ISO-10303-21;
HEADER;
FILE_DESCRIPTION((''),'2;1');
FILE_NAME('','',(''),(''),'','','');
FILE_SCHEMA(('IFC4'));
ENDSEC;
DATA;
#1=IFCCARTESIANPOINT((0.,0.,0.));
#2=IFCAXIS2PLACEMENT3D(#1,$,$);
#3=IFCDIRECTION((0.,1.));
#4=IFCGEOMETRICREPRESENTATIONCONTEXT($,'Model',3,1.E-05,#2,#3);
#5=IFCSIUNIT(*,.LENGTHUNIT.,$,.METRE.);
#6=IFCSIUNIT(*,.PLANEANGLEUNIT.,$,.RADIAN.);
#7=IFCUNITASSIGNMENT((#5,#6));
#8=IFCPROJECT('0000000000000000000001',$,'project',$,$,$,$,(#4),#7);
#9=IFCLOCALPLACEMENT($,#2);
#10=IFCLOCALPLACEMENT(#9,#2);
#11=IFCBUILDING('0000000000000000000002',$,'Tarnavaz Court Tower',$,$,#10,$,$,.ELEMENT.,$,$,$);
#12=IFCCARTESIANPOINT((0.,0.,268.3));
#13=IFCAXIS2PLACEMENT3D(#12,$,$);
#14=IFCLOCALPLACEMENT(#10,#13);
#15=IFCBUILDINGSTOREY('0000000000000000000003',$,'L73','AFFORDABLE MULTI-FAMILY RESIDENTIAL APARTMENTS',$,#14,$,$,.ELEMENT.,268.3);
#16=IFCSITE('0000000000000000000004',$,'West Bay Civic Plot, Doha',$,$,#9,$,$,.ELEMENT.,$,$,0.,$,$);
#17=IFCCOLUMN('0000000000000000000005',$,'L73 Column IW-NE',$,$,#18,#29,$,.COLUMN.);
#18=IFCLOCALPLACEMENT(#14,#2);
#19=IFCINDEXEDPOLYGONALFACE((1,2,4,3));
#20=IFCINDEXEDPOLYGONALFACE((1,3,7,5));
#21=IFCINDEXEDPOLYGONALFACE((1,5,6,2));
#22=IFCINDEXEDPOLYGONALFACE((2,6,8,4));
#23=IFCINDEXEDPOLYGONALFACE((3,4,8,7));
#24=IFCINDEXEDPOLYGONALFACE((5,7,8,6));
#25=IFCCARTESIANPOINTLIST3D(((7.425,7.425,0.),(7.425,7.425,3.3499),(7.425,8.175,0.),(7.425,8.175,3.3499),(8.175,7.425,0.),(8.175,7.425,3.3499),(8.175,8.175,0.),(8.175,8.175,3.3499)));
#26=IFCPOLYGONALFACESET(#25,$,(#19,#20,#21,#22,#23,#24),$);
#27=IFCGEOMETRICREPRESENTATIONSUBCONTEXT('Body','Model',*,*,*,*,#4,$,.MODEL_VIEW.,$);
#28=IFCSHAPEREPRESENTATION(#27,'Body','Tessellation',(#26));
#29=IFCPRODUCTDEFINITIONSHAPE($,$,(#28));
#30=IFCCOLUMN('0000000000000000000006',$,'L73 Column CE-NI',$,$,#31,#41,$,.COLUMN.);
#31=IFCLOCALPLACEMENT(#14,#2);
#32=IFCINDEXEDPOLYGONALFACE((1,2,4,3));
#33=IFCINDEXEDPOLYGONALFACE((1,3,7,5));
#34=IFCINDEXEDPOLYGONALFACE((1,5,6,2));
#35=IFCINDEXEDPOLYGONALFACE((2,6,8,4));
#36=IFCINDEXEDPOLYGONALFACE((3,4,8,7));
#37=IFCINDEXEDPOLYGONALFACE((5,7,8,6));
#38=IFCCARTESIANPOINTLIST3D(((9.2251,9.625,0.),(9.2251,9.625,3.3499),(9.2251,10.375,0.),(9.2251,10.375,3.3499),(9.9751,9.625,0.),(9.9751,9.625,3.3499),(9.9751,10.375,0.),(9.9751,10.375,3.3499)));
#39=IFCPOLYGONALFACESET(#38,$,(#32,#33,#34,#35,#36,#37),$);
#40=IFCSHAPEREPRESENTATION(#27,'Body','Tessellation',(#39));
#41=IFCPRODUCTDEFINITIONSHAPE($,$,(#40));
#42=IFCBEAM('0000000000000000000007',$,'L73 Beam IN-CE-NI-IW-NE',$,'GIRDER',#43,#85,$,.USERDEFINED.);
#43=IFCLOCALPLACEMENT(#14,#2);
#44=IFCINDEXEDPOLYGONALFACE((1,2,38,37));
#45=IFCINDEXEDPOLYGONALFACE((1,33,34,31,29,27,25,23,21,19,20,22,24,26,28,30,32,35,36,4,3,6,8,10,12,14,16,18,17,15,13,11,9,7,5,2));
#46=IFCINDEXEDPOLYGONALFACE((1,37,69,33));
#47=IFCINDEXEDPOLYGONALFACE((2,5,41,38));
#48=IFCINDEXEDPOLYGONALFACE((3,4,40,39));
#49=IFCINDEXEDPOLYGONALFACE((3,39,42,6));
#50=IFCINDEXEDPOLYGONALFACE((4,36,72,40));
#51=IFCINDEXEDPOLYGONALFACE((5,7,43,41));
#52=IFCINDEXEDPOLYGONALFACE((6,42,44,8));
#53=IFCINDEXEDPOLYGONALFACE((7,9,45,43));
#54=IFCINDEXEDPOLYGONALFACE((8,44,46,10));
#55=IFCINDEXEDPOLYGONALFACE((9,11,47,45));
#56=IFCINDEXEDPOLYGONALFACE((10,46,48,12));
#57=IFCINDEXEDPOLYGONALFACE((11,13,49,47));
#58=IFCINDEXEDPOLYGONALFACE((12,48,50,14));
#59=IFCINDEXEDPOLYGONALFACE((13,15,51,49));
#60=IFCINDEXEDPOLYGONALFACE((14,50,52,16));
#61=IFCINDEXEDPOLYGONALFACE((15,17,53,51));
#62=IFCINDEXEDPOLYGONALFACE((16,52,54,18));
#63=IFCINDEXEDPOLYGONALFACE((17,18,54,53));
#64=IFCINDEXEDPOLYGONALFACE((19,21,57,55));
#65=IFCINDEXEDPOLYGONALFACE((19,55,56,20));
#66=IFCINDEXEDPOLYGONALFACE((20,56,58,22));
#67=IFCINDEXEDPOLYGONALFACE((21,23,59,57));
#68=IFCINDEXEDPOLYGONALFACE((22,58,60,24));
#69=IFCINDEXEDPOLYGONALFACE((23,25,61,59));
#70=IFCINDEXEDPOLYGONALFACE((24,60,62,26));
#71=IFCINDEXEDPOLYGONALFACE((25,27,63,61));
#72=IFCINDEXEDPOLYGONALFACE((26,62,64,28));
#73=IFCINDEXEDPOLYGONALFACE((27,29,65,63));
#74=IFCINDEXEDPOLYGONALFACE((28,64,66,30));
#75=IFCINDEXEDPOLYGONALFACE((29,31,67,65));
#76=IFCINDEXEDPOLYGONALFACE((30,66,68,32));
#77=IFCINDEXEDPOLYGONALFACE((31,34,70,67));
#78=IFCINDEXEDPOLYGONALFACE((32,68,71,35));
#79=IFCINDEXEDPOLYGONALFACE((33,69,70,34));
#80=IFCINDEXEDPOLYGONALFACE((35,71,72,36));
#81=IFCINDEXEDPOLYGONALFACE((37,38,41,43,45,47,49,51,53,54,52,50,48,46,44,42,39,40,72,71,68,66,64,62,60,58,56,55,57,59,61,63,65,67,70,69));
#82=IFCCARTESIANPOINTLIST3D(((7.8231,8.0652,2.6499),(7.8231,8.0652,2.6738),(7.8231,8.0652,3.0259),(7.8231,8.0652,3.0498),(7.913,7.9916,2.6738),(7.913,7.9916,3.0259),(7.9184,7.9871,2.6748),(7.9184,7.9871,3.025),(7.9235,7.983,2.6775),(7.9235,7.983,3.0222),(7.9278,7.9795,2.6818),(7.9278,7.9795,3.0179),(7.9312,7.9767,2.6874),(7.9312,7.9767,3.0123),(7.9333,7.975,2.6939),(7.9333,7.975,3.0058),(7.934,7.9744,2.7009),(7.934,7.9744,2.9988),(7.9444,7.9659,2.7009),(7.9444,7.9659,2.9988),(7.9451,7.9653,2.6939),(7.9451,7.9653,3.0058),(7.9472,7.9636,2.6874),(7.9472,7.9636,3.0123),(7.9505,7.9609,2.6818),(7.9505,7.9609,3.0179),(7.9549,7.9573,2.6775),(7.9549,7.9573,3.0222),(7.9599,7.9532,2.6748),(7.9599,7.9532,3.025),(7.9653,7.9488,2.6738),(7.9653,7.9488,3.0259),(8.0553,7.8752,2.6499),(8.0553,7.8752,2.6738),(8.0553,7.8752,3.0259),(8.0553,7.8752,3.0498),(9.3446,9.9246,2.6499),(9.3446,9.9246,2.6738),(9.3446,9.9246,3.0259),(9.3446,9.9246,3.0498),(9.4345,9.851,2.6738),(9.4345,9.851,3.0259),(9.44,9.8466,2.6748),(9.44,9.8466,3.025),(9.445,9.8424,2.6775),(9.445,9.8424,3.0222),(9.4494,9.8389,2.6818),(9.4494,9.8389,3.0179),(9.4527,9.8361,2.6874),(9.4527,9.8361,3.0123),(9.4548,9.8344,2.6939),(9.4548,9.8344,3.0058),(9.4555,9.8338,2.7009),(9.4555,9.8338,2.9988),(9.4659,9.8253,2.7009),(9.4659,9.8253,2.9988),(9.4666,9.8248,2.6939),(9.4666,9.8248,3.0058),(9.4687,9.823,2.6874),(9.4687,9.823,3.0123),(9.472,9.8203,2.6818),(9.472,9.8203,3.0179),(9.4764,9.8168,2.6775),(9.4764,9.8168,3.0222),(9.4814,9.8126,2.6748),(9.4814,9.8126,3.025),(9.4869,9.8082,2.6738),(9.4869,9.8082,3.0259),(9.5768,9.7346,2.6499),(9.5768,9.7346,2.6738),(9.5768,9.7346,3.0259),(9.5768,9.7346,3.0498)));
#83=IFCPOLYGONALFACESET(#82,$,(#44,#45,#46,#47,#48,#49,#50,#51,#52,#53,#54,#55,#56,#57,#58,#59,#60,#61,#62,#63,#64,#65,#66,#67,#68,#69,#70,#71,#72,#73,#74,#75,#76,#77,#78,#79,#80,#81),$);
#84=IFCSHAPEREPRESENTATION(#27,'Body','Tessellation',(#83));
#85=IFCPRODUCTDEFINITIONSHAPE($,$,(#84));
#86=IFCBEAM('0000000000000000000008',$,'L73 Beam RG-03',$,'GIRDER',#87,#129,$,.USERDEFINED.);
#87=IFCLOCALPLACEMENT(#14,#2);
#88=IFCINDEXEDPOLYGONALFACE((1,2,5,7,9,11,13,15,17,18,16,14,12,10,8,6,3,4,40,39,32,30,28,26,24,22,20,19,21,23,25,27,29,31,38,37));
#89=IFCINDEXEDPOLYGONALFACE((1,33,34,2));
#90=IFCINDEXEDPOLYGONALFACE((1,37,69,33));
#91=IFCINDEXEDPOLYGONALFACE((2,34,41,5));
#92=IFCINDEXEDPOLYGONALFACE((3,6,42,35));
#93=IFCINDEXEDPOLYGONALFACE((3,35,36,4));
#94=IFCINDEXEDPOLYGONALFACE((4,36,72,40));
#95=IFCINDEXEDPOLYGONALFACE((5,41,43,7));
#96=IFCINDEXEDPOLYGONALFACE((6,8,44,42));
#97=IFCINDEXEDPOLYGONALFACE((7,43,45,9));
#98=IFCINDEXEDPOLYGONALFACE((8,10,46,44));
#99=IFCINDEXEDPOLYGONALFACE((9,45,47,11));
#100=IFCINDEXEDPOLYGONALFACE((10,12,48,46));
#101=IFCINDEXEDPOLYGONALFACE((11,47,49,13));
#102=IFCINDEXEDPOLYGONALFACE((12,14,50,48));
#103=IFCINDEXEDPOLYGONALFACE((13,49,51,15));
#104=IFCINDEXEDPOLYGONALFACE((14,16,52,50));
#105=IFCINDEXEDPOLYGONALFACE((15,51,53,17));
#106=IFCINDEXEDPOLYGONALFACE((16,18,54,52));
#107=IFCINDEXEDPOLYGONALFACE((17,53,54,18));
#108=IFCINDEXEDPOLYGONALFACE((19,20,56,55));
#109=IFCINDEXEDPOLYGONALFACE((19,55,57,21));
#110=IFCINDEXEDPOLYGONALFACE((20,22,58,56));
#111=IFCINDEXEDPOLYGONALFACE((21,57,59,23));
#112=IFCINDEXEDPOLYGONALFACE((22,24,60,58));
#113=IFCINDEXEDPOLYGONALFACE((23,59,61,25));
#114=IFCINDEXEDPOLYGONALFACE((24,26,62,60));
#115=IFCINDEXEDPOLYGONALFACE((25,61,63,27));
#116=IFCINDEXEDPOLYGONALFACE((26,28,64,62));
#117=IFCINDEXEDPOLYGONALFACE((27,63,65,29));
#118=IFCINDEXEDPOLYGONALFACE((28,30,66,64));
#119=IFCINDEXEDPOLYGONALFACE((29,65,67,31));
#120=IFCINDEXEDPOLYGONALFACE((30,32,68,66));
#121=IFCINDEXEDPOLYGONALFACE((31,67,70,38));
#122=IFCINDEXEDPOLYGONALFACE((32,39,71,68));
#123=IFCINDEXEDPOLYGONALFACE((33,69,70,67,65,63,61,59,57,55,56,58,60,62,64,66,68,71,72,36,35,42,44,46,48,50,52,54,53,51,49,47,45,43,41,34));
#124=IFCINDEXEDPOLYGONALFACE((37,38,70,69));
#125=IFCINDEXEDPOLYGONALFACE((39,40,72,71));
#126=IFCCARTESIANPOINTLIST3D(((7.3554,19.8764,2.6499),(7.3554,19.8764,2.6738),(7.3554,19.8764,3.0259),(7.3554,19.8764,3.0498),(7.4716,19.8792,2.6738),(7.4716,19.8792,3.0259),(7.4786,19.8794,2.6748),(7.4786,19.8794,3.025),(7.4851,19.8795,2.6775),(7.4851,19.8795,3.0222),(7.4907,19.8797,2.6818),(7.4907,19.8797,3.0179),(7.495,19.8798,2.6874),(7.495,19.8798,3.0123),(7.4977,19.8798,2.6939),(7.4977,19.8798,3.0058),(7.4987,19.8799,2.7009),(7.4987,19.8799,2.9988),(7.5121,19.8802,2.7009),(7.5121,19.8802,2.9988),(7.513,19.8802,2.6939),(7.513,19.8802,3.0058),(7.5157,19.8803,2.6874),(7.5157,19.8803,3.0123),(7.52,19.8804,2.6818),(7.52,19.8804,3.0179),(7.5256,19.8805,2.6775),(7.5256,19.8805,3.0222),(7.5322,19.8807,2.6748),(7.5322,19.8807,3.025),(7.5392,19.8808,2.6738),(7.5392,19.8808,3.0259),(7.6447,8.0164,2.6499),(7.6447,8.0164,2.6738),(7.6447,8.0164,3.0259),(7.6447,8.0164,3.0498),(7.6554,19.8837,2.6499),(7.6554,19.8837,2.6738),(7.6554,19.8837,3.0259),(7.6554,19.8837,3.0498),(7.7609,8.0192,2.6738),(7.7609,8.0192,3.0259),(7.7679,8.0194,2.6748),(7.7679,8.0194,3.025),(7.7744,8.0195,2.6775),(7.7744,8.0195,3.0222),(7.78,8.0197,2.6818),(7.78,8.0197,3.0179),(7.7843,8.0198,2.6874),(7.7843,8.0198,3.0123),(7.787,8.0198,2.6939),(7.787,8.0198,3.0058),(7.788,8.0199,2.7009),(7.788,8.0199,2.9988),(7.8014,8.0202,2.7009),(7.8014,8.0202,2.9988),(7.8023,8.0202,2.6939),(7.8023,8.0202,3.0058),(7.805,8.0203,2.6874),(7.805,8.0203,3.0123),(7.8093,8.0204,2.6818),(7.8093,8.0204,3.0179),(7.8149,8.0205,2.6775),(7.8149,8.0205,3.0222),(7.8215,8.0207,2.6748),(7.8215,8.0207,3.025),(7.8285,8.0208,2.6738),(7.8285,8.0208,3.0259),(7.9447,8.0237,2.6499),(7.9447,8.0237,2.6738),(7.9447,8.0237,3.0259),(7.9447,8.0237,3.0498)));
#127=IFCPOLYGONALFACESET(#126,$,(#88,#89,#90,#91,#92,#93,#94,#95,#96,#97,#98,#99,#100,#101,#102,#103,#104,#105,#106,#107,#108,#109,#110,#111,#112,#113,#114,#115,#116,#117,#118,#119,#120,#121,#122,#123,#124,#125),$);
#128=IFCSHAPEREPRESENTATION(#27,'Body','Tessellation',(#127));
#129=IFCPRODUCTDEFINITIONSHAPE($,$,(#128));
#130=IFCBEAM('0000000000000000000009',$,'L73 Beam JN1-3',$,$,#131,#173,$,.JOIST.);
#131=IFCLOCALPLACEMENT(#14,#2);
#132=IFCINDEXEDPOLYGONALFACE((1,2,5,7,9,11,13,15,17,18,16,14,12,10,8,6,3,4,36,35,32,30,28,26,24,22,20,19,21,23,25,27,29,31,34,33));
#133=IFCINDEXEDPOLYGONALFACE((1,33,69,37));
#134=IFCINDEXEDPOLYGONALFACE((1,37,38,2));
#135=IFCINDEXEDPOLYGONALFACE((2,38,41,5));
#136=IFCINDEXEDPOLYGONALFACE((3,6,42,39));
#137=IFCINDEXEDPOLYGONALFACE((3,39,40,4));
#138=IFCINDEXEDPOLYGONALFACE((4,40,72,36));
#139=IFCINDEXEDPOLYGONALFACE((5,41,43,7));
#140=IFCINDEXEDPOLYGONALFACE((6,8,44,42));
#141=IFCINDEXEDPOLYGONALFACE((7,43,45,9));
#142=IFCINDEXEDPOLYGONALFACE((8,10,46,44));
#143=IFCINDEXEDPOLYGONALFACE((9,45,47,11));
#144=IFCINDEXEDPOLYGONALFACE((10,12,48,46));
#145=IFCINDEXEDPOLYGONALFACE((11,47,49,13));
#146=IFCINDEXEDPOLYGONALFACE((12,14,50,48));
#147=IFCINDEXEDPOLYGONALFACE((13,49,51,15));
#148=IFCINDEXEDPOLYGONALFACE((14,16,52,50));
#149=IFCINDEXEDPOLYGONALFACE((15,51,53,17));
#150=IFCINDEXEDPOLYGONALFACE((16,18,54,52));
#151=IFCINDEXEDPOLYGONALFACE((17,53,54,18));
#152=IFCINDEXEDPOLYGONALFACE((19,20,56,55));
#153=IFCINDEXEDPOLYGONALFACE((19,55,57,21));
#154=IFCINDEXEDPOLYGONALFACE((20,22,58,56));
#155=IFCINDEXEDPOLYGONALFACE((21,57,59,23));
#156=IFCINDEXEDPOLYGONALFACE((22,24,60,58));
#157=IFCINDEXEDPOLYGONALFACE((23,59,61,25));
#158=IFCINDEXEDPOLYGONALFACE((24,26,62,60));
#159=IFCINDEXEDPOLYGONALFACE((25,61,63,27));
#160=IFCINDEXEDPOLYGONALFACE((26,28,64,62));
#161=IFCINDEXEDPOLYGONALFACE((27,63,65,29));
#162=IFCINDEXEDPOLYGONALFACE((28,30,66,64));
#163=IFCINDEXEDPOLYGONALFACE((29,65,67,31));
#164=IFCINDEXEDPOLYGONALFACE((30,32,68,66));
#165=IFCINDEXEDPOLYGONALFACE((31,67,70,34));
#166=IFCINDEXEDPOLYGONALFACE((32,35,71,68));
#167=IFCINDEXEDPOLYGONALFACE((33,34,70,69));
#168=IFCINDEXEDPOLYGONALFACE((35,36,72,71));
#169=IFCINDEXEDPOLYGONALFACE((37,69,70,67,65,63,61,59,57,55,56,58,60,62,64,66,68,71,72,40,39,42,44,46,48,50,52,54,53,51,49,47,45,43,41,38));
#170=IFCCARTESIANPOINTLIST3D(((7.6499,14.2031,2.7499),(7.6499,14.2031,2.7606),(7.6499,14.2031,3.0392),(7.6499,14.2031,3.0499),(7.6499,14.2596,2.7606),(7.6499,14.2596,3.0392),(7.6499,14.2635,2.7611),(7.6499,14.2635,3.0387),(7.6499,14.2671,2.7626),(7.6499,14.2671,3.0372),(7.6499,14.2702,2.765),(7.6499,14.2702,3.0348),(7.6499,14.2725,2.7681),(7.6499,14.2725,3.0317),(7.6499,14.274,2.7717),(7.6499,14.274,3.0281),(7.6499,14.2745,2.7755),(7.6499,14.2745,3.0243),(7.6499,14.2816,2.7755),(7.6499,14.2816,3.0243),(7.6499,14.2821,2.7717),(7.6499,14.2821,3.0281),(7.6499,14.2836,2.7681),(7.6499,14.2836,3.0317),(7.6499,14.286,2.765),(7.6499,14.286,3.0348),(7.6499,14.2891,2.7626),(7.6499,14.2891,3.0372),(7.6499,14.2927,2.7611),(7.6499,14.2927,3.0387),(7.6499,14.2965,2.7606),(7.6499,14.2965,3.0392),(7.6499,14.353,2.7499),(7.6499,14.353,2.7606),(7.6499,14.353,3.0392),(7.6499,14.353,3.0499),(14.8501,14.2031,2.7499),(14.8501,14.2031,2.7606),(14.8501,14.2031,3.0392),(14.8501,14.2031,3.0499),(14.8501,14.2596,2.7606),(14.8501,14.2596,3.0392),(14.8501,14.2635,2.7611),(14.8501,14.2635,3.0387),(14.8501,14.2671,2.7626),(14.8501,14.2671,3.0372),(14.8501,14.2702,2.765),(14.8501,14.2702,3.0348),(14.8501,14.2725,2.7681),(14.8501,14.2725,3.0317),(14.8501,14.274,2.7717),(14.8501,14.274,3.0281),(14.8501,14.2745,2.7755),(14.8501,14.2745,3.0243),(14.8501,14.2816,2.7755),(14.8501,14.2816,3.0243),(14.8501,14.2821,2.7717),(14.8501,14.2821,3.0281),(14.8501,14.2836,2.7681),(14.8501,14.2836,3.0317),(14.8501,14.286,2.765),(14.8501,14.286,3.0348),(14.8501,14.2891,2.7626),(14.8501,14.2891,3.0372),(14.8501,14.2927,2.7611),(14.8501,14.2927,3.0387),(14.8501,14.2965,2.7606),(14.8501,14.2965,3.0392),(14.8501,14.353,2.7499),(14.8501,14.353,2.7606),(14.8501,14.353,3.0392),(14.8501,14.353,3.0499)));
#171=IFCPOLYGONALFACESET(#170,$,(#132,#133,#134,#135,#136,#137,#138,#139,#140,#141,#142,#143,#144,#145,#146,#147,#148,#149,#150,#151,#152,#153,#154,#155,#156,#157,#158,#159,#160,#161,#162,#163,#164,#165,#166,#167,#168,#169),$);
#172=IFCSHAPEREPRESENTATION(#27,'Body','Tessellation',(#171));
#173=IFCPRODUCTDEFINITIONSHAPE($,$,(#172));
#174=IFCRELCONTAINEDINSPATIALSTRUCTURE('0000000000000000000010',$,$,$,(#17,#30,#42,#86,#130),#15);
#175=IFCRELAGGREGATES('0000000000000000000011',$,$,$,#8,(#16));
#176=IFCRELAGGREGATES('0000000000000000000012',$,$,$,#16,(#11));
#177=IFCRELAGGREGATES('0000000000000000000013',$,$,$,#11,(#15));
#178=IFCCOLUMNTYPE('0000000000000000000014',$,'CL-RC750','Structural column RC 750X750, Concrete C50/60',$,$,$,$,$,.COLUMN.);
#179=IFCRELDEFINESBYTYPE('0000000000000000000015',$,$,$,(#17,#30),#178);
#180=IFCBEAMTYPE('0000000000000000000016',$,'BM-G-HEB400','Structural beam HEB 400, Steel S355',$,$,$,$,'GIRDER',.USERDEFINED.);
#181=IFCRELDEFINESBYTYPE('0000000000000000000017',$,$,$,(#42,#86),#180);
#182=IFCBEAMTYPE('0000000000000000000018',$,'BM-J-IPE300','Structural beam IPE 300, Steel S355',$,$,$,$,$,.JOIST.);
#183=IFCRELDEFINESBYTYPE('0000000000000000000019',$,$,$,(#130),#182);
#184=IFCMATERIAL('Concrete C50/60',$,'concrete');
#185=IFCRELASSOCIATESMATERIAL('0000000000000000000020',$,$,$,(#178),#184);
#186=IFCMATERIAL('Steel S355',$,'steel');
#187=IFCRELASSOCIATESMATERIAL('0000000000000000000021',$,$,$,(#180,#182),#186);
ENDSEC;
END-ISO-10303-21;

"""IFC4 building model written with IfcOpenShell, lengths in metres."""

from ifc_helpers import new_model, si_unit, direction, frame, origin, origin_2d, place, context, subcontext, project, spatial, rectangle, i_section, extrude, material, material_profile, profile_set, type_object, element, save


model = new_model("IFC4")

# Units and contexts
model_context = context("Model", 3, precision=1e-05, world=origin(), true_north=direction((0.0, 1.0)))
body_context = subcontext(model_context, "Body", "Model", "MODEL_VIEW")
ifc_project = project(units=[si_unit("LENGTHUNIT", "METRE"), si_unit("PLANEANGLEUNIT", "RADIAN")], contexts=[model_context])

# Site, building, storey
site_placement = place(None, origin())
site = spatial("IfcSite", under=ifc_project, at=site_placement, Name="West Bay Civic Plot, Doha", CompositionType="ELEMENT", RefElevation=0.0)
building_placement = place(site_placement, origin())
building = spatial("IfcBuilding", under=site, at=building_placement, Name="Tarnavaz Court Tower", CompositionType="ELEMENT")
storey_placement = place(building_placement, frame((0.0, 0.0, 268.3)))
storey = spatial("IfcBuildingStorey", under=building, at=storey_placement, Name="L73", Description="AFFORDABLE MULTI-FAMILY RESIDENTIAL APARTMENTS", CompositionType="ELEMENT", Elevation=268.3)

# Columns
ifc_material_1 = material(Name="Concrete C50/60", Category="concrete")
ifc_material_profile_1 = material_profile(ifc_material_1, rectangle(XDim=0.75, YDim=0.75, at=origin_2d()), Name="RC 750X750")
ifc_profile_set_1 = profile_set([ifc_material_profile_1], Name="Concrete C50/60")
column_type = type_object("IfcColumnType", Name="CL-RC750", Description="Structural column RC 750X750, Concrete C50/60", PredefinedType="COLUMN", material=ifc_profile_set_1)
for number, where, z_axis, x_axis, name in (
    (1, (7.8, 7.8, 0.0), (0.0, 0.0, 1.0), (1.0, 0.0, 0.0), "L73 Column IW-NE"),
    (2, (9.6001, 10.0, 0.0), (0.0, 0.0, 1.0), (1.0, 0.0, 0.0), "L73 Column CE-NI"),
):
    element("IfcColumn", number, at=place(storey_placement, frame(where, z_axis=z_axis, x_axis=x_axis)), inside=storey, type_object=column_type, Name=name, PredefinedType="COLUMN", context=body_context, shape_type="SweptSolid", body=[
        extrude(rectangle(XDim=0.75, YDim=0.75, at=origin_2d()), origin(), (0.0, 0.0, 1.0), 3.3499),
    ])

# Beams
ifc_material_2 = material(Name="Steel S355", Category="steel")
ifc_material_profile_2 = material_profile(ifc_material_2, i_section(OverallWidth=0.3, OverallDepth=0.3999, WebThickness=0.0134, FlangeThickness=0.0239, FilletRadius=0.0271, at=origin_2d()), Name="HEB 400")
ifc_profile_set_2 = profile_set([ifc_material_profile_2], Name="Steel S355")
beam_type_1 = type_object("IfcBeamType", Name="BM-G-HEB400", Description="Structural beam HEB 400, Steel S355", ElementType="GIRDER", PredefinedType="USERDEFINED", material=ifc_profile_set_2)
beam_1_placement = place(storey_placement, frame((9.4607, 9.8296, 2.8499), z_axis=(-0.633282, -0.773921, 0.0), x_axis=(0.773921, -0.633282, 0.0)))
element("IfcBeam", 3, at=beam_1_placement, inside=storey, type_object=beam_type_1, Name="L73 Beam IN-CE-NI-IW-NE", ObjectType="GIRDER", PredefinedType="USERDEFINED", context=body_context, shape_type="SweptSolid", body=[
    extrude(i_section(OverallWidth=0.3, OverallDepth=0.3999, WebThickness=0.0134, FlangeThickness=0.0239, FilletRadius=0.0271, at=origin_2d()), origin(), (0.0, 0.0, 1.0), 2.4026),
])
beam_2_placement = place(storey_placement, frame((7.7947, 8.02, 2.8499), z_axis=(-0.024386, 0.999703, 0.0), x_axis=(-0.999703, -0.024386, 0.0)))
element("IfcBeam", 4, at=beam_2_placement, inside=storey, type_object=beam_type_1, Name="L73 Beam RG-03", ObjectType="GIRDER", PredefinedType="USERDEFINED", context=body_context, shape_type="SweptSolid", body=[
    extrude(i_section(OverallWidth=0.3, OverallDepth=0.3999, WebThickness=0.0134, FlangeThickness=0.0239, FilletRadius=0.0271, at=origin_2d()), origin(), (0.0, 0.0, 1.0), 11.8635),
])
ifc_material_profile_3 = material_profile(ifc_material_2, i_section(OverallWidth=0.1499, OverallDepth=0.3, WebThickness=0.0071, FlangeThickness=0.0107, FilletRadius=0.0149, at=origin_2d()), Name="IPE 300")
ifc_profile_set_3 = profile_set([ifc_material_profile_3], Name="Steel S355")
beam_type_2 = type_object("IfcBeamType", Name="BM-J-IPE300", Description="Structural beam IPE 300, Steel S355", PredefinedType="JOIST", material=ifc_profile_set_3)
for number, where, z_axis, x_axis, name in (
    (5, (7.6499, 14.2781, 2.8999), (1.0, 0.0, 0.0), (0.0, 1.0, 0.0), "L73 Beam JN1-3"),
):
    element("IfcBeam", number, at=place(storey_placement, frame(where, z_axis=z_axis, x_axis=x_axis)), inside=storey, type_object=beam_type_2, Name=name, PredefinedType="JOIST", context=body_context, shape_type="SweptSolid", body=[
        extrude(i_section(OverallWidth=0.1499, OverallDepth=0.3, WebThickness=0.0071, FlangeThickness=0.0107, FilletRadius=0.0149, at=origin_2d()), origin(), (0.0, 0.0, 1.0), 7.2002),
    ])

save(model, "model.ifc")
